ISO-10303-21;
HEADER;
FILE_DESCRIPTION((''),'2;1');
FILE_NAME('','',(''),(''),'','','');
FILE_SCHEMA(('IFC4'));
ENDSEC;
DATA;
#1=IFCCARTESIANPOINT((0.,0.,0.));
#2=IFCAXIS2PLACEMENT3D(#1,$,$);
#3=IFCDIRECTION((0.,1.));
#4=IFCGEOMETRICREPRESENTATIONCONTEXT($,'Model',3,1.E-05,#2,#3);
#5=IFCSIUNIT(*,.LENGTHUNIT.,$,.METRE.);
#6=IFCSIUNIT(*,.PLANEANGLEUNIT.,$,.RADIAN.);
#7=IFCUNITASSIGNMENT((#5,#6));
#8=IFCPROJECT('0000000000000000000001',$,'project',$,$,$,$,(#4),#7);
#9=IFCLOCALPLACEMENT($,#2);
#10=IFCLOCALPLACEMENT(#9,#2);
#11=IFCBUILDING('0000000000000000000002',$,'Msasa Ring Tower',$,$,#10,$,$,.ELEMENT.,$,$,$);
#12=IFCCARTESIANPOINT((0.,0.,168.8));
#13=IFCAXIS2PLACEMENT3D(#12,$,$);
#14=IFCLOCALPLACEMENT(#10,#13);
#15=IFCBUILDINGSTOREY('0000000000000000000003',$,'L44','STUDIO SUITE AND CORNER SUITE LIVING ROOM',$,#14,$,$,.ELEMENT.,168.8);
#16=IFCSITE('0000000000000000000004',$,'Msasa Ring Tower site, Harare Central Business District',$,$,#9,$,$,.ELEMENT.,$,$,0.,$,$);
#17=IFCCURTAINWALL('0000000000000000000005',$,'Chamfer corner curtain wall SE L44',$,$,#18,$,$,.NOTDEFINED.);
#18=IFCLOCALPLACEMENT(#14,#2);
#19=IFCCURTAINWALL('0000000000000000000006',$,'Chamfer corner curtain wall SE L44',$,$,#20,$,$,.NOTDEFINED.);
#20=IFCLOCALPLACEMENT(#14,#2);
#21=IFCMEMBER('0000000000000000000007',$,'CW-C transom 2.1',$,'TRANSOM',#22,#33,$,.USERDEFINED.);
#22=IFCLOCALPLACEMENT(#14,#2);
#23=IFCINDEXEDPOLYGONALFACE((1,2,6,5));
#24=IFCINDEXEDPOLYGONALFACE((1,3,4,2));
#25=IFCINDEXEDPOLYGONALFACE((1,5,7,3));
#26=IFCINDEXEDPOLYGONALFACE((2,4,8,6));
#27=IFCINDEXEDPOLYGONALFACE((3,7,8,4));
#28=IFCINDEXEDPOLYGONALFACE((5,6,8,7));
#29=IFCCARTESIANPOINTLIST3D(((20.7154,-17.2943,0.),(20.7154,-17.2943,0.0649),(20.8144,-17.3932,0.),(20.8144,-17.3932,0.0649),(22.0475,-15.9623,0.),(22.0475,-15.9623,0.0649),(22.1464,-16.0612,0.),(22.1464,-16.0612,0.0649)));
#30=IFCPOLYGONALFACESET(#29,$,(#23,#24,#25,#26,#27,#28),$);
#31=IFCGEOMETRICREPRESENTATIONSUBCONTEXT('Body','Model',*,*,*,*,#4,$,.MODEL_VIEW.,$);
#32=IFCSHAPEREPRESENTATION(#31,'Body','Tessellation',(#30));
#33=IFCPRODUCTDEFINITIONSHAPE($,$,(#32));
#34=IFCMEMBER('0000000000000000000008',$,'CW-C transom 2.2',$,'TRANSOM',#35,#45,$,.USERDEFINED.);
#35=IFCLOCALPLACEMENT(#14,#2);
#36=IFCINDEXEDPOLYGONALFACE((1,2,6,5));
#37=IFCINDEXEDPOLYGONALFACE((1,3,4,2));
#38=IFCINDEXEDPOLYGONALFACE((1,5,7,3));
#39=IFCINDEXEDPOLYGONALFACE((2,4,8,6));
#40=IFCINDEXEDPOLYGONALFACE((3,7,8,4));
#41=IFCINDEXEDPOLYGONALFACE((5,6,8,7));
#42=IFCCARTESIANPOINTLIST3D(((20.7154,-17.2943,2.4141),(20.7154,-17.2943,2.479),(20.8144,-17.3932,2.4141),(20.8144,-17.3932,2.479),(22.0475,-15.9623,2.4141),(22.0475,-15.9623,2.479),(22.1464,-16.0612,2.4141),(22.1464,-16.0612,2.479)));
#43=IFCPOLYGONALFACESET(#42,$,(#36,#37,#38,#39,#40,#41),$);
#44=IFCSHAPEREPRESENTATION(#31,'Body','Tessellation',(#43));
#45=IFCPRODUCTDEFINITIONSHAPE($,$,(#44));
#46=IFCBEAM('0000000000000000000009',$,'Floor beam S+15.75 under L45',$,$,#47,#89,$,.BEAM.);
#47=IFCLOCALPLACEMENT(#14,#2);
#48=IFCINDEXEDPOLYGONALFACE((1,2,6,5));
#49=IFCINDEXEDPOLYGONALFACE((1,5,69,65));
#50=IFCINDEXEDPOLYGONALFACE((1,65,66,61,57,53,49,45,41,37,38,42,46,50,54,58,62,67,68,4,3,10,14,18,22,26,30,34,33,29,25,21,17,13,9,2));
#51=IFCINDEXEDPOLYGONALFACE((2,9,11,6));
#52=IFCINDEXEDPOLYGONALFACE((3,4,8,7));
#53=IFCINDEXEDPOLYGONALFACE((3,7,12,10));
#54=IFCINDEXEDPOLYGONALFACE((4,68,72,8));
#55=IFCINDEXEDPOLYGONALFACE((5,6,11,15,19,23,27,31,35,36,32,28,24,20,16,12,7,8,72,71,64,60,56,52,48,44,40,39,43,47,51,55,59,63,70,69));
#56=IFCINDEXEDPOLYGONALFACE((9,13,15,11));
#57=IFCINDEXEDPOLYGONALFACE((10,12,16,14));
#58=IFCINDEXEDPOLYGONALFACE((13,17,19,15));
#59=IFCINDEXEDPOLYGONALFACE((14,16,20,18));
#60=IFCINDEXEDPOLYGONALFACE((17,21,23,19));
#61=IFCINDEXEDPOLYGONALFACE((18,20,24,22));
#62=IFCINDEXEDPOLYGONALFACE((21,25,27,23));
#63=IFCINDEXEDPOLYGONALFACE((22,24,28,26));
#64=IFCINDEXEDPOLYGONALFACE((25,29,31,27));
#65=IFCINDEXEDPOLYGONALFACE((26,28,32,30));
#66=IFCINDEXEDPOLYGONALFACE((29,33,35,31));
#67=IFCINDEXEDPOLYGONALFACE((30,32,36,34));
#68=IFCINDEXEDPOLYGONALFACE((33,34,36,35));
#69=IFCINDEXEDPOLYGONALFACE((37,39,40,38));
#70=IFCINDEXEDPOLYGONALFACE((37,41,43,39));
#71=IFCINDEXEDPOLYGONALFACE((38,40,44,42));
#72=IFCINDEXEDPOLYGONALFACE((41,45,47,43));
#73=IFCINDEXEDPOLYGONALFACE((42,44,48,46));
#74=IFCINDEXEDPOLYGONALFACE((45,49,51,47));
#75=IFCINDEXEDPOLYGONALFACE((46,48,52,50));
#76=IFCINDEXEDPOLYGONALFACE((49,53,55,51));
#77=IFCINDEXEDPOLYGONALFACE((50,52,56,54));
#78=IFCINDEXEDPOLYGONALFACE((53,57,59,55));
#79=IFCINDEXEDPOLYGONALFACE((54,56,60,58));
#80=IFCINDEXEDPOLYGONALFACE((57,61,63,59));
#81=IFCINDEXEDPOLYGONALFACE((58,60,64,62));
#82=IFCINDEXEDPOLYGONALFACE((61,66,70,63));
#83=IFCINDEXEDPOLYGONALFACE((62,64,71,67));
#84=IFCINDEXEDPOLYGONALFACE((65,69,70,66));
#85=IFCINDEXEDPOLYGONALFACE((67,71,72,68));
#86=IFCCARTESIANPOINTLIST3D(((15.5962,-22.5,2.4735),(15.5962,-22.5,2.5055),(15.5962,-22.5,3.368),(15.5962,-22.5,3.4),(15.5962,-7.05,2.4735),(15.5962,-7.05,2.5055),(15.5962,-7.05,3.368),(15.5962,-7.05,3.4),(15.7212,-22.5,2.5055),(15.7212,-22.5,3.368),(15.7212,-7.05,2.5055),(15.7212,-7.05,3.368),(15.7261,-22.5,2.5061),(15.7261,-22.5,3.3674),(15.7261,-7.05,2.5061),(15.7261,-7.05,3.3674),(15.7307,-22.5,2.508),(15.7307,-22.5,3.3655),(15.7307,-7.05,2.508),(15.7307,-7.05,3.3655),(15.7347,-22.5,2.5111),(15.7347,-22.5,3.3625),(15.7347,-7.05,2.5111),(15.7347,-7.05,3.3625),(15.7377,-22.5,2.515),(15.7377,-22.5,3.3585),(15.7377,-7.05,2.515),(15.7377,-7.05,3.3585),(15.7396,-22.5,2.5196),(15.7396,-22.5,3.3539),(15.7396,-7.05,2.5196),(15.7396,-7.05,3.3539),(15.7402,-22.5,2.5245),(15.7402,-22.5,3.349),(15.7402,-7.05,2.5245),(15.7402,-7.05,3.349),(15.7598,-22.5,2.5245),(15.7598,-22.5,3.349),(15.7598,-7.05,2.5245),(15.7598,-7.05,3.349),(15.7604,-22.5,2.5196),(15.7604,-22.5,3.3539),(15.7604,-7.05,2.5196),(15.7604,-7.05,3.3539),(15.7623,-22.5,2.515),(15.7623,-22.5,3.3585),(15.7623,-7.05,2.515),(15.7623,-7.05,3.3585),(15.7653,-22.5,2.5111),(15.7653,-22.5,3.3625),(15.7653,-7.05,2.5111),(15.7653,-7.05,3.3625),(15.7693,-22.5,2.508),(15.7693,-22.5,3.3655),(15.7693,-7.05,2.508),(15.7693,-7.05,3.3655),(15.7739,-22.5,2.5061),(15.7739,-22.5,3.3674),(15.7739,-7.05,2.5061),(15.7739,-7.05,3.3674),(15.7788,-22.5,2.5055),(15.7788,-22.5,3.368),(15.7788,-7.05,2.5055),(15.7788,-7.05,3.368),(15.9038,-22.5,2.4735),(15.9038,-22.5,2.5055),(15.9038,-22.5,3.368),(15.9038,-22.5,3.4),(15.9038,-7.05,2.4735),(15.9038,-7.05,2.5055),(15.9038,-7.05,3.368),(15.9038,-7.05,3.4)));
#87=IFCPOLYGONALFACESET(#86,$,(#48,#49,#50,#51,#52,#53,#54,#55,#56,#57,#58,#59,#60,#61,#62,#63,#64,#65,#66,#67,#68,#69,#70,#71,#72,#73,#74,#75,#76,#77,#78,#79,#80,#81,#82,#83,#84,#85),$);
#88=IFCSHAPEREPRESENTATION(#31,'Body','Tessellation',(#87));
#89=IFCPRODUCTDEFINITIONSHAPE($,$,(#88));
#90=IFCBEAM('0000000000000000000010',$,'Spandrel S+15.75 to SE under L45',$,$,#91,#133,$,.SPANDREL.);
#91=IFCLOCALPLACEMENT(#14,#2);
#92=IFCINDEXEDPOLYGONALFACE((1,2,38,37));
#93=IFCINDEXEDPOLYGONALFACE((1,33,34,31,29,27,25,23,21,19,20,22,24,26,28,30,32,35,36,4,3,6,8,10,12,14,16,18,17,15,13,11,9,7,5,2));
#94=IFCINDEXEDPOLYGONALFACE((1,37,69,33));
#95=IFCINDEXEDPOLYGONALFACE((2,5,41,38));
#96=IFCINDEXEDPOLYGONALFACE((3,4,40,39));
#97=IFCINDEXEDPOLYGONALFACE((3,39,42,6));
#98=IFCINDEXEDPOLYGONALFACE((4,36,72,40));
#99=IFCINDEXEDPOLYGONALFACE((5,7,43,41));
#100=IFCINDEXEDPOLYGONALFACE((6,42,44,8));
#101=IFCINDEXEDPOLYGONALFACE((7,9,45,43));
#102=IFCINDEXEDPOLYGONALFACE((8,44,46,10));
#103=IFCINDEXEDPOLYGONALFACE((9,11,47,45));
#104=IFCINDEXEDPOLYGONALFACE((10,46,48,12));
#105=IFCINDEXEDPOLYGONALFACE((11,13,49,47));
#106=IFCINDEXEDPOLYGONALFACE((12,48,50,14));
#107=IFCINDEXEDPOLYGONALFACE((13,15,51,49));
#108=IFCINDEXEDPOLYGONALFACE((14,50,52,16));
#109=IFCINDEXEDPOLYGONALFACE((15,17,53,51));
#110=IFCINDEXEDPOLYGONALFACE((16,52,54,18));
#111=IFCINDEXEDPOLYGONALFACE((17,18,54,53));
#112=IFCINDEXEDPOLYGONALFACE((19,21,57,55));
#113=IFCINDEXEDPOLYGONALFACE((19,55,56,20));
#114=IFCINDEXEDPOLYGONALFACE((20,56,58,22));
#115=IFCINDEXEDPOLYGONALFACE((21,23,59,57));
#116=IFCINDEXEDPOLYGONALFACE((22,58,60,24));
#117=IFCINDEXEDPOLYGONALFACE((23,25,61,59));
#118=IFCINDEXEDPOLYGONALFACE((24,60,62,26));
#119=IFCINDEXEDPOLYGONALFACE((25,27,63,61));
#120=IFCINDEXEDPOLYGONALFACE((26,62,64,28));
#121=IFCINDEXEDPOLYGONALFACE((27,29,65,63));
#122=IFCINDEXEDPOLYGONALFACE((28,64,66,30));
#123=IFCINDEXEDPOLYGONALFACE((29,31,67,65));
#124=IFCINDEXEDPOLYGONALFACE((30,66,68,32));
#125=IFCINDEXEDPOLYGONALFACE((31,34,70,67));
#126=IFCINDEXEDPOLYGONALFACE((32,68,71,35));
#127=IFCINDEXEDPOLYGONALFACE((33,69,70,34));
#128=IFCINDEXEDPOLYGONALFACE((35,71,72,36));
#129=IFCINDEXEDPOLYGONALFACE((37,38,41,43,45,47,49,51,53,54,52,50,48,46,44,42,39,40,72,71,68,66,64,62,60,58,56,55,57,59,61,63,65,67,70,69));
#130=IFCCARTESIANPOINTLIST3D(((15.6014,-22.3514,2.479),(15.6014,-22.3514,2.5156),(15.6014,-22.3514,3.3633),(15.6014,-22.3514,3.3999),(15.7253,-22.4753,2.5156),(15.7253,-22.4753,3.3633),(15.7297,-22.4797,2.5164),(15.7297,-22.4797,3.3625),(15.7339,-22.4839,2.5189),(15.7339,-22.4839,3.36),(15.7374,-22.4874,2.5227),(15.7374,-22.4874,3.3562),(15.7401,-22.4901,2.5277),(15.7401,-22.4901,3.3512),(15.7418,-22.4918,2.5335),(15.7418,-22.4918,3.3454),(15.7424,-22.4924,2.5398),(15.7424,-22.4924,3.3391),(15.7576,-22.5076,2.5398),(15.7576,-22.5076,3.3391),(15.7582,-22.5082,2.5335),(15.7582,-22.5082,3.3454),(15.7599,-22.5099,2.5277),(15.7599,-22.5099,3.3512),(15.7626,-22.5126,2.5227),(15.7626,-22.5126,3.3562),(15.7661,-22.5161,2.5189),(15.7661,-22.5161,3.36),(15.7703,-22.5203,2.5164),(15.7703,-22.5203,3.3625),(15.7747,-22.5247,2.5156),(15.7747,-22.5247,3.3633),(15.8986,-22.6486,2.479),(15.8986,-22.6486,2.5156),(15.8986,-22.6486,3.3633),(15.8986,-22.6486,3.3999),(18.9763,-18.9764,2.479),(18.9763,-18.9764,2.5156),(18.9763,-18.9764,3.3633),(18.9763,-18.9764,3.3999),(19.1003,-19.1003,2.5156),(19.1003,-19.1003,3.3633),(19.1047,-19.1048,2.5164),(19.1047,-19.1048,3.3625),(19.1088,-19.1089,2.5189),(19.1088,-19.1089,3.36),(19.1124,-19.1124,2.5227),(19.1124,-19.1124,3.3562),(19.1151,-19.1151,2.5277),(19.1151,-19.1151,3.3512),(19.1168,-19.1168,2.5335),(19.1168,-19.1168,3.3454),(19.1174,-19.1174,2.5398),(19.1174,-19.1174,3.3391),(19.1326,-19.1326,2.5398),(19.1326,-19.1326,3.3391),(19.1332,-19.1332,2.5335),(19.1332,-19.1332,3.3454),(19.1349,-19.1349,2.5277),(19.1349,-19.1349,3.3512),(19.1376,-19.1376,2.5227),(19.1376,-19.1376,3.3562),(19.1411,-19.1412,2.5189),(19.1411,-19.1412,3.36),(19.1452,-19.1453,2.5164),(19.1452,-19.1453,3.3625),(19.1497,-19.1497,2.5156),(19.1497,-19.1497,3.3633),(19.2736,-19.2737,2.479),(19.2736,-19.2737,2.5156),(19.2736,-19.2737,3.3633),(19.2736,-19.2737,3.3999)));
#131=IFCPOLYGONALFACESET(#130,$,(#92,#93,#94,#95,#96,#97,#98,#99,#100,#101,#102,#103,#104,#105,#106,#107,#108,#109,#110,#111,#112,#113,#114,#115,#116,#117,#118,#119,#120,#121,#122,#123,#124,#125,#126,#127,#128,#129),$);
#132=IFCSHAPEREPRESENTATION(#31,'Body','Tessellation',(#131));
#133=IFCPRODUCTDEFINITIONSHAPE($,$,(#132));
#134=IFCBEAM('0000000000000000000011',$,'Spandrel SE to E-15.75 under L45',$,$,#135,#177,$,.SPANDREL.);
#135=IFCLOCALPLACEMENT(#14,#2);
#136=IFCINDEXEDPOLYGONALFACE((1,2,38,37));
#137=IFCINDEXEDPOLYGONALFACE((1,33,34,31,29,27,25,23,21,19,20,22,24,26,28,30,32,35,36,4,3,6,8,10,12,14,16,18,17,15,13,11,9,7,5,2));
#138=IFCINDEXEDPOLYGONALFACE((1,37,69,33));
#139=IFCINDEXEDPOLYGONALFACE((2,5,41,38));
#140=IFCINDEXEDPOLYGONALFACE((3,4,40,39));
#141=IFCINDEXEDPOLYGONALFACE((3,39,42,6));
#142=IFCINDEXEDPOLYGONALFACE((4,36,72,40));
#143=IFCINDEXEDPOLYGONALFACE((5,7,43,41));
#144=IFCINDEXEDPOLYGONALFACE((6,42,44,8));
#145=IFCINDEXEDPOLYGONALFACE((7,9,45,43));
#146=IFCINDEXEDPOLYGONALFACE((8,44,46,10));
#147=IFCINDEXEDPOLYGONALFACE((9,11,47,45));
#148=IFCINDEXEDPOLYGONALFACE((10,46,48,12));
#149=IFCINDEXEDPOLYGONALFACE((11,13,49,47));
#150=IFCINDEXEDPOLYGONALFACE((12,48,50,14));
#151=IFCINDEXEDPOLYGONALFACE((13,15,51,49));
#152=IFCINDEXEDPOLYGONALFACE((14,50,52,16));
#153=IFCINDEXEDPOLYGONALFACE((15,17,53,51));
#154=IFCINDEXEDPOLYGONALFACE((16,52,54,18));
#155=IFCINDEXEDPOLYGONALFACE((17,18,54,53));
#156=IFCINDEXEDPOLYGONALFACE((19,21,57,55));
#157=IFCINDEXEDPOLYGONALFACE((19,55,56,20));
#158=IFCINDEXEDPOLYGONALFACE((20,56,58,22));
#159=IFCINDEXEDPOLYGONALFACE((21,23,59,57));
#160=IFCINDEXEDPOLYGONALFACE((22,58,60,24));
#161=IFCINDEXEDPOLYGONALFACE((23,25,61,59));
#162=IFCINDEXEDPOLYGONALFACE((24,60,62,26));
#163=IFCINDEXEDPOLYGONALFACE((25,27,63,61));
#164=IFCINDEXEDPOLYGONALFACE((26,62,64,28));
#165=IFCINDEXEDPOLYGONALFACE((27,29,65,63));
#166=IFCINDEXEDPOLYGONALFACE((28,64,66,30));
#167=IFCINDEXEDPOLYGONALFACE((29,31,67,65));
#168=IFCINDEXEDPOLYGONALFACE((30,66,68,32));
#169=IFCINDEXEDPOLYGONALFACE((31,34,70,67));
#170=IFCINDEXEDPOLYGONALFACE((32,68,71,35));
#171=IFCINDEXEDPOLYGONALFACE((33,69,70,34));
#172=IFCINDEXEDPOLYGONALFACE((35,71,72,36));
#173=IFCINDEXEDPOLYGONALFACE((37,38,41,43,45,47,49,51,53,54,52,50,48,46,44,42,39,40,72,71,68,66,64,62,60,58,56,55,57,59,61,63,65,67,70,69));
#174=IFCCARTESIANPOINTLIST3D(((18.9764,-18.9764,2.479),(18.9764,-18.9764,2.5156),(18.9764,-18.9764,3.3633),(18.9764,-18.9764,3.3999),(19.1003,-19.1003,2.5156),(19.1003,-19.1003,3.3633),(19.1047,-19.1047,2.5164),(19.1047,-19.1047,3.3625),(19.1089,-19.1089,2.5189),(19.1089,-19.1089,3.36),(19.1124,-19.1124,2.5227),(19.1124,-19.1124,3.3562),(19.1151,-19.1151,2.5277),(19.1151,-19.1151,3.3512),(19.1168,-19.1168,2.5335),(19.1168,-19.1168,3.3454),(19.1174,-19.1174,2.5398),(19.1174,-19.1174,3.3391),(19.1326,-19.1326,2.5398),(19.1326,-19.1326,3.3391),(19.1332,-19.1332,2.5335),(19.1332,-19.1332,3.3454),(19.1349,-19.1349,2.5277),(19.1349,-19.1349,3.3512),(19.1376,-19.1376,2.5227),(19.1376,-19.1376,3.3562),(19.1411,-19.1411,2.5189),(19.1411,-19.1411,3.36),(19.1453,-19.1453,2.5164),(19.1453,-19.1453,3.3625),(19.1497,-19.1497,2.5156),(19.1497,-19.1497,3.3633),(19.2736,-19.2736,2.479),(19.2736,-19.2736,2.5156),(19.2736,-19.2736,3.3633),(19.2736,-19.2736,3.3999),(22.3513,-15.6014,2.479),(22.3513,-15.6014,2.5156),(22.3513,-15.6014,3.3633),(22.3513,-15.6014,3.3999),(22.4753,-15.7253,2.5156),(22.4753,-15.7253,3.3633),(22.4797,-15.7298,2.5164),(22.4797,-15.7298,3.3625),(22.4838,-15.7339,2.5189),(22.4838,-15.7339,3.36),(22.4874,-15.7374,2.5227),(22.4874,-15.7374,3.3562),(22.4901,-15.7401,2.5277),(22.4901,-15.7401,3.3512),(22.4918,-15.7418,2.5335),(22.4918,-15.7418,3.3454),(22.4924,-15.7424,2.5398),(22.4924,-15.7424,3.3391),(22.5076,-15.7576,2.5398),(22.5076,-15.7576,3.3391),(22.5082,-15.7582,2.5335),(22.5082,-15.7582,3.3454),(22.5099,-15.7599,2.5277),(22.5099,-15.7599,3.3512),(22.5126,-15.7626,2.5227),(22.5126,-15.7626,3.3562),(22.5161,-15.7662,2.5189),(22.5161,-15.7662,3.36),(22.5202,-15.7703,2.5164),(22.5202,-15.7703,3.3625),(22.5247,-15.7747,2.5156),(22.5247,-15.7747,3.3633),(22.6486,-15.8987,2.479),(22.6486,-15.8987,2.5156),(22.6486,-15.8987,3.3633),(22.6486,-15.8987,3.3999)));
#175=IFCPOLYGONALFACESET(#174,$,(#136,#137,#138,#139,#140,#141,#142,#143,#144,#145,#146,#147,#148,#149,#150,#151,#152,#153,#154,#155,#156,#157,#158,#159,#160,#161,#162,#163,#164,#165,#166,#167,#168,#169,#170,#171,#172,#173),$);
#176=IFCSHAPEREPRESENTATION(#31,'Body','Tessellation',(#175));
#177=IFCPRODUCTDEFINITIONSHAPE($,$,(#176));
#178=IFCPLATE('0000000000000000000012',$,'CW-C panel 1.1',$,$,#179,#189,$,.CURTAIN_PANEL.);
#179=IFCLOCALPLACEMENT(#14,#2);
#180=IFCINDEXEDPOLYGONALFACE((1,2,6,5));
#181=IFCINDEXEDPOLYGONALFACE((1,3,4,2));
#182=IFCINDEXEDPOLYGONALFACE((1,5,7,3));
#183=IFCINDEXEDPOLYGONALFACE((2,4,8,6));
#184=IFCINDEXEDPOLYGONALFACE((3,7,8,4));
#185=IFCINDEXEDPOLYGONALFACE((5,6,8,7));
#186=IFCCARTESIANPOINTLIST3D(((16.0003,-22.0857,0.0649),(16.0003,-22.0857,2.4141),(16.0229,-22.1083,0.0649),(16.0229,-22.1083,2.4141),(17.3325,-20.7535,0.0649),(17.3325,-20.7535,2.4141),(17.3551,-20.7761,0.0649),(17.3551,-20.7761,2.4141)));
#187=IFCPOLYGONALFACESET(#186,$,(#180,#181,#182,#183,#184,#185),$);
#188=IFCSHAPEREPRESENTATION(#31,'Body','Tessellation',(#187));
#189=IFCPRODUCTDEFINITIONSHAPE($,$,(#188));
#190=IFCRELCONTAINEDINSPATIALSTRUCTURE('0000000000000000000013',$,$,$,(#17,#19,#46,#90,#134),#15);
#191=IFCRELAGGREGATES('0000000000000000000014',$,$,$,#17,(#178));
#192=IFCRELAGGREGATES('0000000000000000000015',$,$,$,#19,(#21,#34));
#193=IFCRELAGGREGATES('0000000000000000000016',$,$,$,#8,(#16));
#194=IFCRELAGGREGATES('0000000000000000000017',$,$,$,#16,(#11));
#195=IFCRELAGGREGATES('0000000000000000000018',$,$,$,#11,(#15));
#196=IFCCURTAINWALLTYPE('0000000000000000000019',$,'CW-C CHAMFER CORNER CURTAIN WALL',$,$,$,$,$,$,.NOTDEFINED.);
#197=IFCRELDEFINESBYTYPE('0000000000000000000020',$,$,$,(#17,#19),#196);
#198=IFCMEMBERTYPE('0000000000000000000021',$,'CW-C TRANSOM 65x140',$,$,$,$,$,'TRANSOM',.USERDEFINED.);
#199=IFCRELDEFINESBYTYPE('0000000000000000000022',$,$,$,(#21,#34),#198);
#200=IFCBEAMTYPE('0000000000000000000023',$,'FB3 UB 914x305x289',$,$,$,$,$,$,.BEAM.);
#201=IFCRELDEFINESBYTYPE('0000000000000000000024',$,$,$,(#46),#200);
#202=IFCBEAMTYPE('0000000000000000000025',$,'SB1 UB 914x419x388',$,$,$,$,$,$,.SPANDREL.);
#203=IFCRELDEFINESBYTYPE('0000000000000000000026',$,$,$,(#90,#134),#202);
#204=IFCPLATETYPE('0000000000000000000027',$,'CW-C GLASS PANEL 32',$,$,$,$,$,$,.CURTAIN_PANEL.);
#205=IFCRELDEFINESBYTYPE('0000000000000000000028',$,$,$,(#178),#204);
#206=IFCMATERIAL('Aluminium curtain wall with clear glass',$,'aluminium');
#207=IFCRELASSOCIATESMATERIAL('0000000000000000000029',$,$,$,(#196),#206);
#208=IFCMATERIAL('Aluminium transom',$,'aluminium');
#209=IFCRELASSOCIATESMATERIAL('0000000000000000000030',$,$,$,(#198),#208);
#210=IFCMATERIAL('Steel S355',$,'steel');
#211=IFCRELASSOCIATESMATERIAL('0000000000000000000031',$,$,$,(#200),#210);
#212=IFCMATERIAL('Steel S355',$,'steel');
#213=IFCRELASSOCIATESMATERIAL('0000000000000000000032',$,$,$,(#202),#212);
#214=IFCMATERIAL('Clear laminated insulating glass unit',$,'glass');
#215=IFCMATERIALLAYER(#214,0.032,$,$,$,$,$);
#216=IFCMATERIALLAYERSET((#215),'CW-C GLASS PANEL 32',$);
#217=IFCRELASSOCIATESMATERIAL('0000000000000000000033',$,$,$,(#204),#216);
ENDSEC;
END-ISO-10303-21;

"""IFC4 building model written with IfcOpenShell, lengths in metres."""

from ifc_helpers import new_model, si_unit, direction, frame, origin, origin_2d, place, context, subcontext, project, spatial, rectangle, i_section, extrude, material, layer, layer_set, material_profile, profile_set, type_object, element, aggregate, save


model = new_model("IFC4")

# Units and contexts
model_context = context("Model", 3, precision=1e-05, world=origin(), true_north=direction((0.0, 1.0)))
body_context = subcontext(model_context, "Body", "Model", "MODEL_VIEW")
ifc_project = project(units=[si_unit("LENGTHUNIT", "METRE"), si_unit("PLANEANGLEUNIT", "RADIAN")], contexts=[model_context])

# Site, building, storey
site_placement = place(None, origin())
site = spatial("IfcSite", under=ifc_project, at=site_placement, Name="Msasa Ring Tower site, Harare Central Business District", CompositionType="ELEMENT", RefElevation=0.0)
building_placement = place(site_placement, origin())
building = spatial("IfcBuilding", under=site, at=building_placement, Name="Msasa Ring Tower", CompositionType="ELEMENT")
storey_placement = place(building_placement, frame((0.0, 0.0, 168.8)))
storey = spatial("IfcBuildingStorey", under=building, at=storey_placement, Name="L44", Description="STUDIO SUITE AND CORNER SUITE LIVING ROOM", CompositionType="ELEMENT", Elevation=168.8)

# Curtain walls
ifc_material_1 = material(Name="Aluminium curtain wall with clear glass", Category="aluminium")
curtain_wall_type = type_object("IfcCurtainWallType", Name="CW-C CHAMFER CORNER CURTAIN WALL", PredefinedType="NOTDEFINED", material=ifc_material_1)
curtain_wall_1_placement = place(storey_placement, origin())
curtain_wall_1 = element("IfcCurtainWall", 1, at=curtain_wall_1_placement, inside=storey, type_object=curtain_wall_type, Name="Chamfer corner curtain wall SE L44", PredefinedType="NOTDEFINED")
curtain_wall_2_placement = place(storey_placement, origin())
curtain_wall_2 = element("IfcCurtainWall", 2, at=curtain_wall_2_placement, inside=storey, type_object=curtain_wall_type, Name="Chamfer corner curtain wall SE L44", PredefinedType="NOTDEFINED")

# Members
ifc_material_2 = material(Name="Aluminium transom", Category="aluminium")
ifc_material_profile_1 = material_profile(ifc_material_2, rectangle(XDim=0.1399, YDim=0.0649, at=origin_2d()), Name="AL 65x140")
ifc_profile_set_1 = profile_set([ifc_material_profile_1], Name="Aluminium transom")
member_type_1 = type_object("IfcMemberType", Name="CW-C TRANSOM 65x140", ElementType="TRANSOM", PredefinedType="USERDEFINED", material=ifc_profile_set_1)
member_1_placement = place(storey_placement, frame((20.7649, -17.3438, 0.0325), z_axis=(0.707107, 0.707107, 0.0), x_axis=(-0.707107, 0.707107, 0.0)))
member_1 = element("IfcMember", 3, at=member_1_placement, type_object=member_type_1, Name="CW-C transom 2.1", ObjectType="TRANSOM", PredefinedType="USERDEFINED", context=body_context, shape_type="SweptSolid", body=[
    extrude(rectangle(XDim=0.1399, YDim=0.0649, at=origin_2d()), origin(), (0.0, 0.0, 1.0), 1.8838),
])
member_2_placement = place(storey_placement, frame((20.7649, -17.3438, 2.4465), z_axis=(0.707107, 0.707107, 0.0), x_axis=(-0.707107, 0.707107, 0.0)))
member_2 = element("IfcMember", 4, at=member_2_placement, type_object=member_type_1, Name="CW-C transom 2.2", ObjectType="TRANSOM", PredefinedType="USERDEFINED", context=body_context, shape_type="SweptSolid", body=[
    extrude(rectangle(XDim=0.1399, YDim=0.0649, at=origin_2d()), origin(), (0.0, 0.0, 1.0), 1.8838),
])

# Beams
ifc_material_3 = material(Name="Steel S355", Category="steel")
ifc_material_profile_2 = material_profile(ifc_material_3, i_section(OverallWidth=0.3076, OverallDepth=0.9265, WebThickness=0.0195, FlangeThickness=0.032, FilletRadius=0.019, at=origin_2d()), Name="UB 914x305x289")
ifc_profile_set_2 = profile_set([ifc_material_profile_2], Name="Steel S355")
beam_type_1 = type_object("IfcBeamType", Name="FB3 UB 914x305x289", PredefinedType="BEAM", material=ifc_profile_set_2)
beam_placement = place(storey_placement, frame((15.75, -22.5, 2.9368), z_axis=(0.0, 1.0, 0.0), x_axis=(-1.0, 0.0, 0.0)))
element("IfcBeam", 5, at=beam_placement, inside=storey, type_object=beam_type_1, Name="Floor beam S+15.75 under L45", PredefinedType="BEAM", context=body_context, shape_type="SweptSolid", body=[
    extrude(i_section(OverallWidth=0.3076, OverallDepth=0.9265, WebThickness=0.0195, FlangeThickness=0.032, FilletRadius=0.019, at=origin_2d()), origin(), (0.0, 0.0, 1.0), 15.45),
])
ifc_material_4 = material(Name="Steel S355", Category="steel")
ifc_material_profile_3 = material_profile(ifc_material_4, i_section(OverallWidth=0.4204, OverallDepth=0.9209, WebThickness=0.0215, FlangeThickness=0.0366, FilletRadius=0.0242, at=origin_2d()), Name="UB 914x419x388")
ifc_profile_set_3 = profile_set([ifc_material_profile_3], Name="Steel S355")
beam_type_2 = type_object("IfcBeamType", Name="SB1 UB 914x419x388", PredefinedType="SPANDREL", material=ifc_profile_set_3)
for number, where, z_axis, x_axis, name in (
    (6, (15.75, -22.5, 2.9395), (0.707107, 0.707107, 0.0), (-0.707107, 0.707107, 0.0), "Spandrel S+15.75 to SE under L45"),
    (7, (19.125, -19.125, 2.9395), (0.707107, 0.707107, 0.0), (-0.707107, 0.707107, 0.0), "Spandrel SE to E-15.75 under L45"),
):
    element("IfcBeam", number, at=place(storey_placement, frame(where, z_axis=z_axis, x_axis=x_axis)), inside=storey, type_object=beam_type_2, Name=name, PredefinedType="SPANDREL", context=body_context, shape_type="SweptSolid", body=[
        extrude(i_section(OverallWidth=0.4204, OverallDepth=0.9209, WebThickness=0.0215, FlangeThickness=0.0366, FilletRadius=0.0242, at=origin_2d()), origin(), (0.0, 0.0, 1.0), 4.7729),
    ])

# Plate
ifc_material_5 = material(Name="Clear laminated insulating glass unit", Category="glass")
ifc_layer_1 = layer(ifc_material_5, 0.032)
ifc_layer_set_1 = layer_set([ifc_layer_1], Name="CW-C GLASS PANEL 32")
plate_type = type_object("IfcPlateType", Name="CW-C GLASS PANEL 32", PredefinedType="CURTAIN_PANEL", material=ifc_layer_set_1)
plate_1_placement = place(storey_placement, frame((16.6777, -21.4309, 0.0649), z_axis=(0.0, 0.0, 1.0), x_axis=(0.707107, 0.707107, 0.0)))
plate_1 = element("IfcPlate", 8, at=plate_1_placement, type_object=plate_type, Name="CW-C panel 1.1", PredefinedType="CURTAIN_PANEL", context=body_context, shape_type="SweptSolid", body=[
    extrude(rectangle(XDim=1.884, YDim=0.032, at=origin_2d()), origin(), (0.0, 0.0, 1.0), 2.3491),
])
aggregate(curtain_wall_1, [plate_1])
aggregate(curtain_wall_2, [member_1, member_2])

save(model, "model.ifc")
